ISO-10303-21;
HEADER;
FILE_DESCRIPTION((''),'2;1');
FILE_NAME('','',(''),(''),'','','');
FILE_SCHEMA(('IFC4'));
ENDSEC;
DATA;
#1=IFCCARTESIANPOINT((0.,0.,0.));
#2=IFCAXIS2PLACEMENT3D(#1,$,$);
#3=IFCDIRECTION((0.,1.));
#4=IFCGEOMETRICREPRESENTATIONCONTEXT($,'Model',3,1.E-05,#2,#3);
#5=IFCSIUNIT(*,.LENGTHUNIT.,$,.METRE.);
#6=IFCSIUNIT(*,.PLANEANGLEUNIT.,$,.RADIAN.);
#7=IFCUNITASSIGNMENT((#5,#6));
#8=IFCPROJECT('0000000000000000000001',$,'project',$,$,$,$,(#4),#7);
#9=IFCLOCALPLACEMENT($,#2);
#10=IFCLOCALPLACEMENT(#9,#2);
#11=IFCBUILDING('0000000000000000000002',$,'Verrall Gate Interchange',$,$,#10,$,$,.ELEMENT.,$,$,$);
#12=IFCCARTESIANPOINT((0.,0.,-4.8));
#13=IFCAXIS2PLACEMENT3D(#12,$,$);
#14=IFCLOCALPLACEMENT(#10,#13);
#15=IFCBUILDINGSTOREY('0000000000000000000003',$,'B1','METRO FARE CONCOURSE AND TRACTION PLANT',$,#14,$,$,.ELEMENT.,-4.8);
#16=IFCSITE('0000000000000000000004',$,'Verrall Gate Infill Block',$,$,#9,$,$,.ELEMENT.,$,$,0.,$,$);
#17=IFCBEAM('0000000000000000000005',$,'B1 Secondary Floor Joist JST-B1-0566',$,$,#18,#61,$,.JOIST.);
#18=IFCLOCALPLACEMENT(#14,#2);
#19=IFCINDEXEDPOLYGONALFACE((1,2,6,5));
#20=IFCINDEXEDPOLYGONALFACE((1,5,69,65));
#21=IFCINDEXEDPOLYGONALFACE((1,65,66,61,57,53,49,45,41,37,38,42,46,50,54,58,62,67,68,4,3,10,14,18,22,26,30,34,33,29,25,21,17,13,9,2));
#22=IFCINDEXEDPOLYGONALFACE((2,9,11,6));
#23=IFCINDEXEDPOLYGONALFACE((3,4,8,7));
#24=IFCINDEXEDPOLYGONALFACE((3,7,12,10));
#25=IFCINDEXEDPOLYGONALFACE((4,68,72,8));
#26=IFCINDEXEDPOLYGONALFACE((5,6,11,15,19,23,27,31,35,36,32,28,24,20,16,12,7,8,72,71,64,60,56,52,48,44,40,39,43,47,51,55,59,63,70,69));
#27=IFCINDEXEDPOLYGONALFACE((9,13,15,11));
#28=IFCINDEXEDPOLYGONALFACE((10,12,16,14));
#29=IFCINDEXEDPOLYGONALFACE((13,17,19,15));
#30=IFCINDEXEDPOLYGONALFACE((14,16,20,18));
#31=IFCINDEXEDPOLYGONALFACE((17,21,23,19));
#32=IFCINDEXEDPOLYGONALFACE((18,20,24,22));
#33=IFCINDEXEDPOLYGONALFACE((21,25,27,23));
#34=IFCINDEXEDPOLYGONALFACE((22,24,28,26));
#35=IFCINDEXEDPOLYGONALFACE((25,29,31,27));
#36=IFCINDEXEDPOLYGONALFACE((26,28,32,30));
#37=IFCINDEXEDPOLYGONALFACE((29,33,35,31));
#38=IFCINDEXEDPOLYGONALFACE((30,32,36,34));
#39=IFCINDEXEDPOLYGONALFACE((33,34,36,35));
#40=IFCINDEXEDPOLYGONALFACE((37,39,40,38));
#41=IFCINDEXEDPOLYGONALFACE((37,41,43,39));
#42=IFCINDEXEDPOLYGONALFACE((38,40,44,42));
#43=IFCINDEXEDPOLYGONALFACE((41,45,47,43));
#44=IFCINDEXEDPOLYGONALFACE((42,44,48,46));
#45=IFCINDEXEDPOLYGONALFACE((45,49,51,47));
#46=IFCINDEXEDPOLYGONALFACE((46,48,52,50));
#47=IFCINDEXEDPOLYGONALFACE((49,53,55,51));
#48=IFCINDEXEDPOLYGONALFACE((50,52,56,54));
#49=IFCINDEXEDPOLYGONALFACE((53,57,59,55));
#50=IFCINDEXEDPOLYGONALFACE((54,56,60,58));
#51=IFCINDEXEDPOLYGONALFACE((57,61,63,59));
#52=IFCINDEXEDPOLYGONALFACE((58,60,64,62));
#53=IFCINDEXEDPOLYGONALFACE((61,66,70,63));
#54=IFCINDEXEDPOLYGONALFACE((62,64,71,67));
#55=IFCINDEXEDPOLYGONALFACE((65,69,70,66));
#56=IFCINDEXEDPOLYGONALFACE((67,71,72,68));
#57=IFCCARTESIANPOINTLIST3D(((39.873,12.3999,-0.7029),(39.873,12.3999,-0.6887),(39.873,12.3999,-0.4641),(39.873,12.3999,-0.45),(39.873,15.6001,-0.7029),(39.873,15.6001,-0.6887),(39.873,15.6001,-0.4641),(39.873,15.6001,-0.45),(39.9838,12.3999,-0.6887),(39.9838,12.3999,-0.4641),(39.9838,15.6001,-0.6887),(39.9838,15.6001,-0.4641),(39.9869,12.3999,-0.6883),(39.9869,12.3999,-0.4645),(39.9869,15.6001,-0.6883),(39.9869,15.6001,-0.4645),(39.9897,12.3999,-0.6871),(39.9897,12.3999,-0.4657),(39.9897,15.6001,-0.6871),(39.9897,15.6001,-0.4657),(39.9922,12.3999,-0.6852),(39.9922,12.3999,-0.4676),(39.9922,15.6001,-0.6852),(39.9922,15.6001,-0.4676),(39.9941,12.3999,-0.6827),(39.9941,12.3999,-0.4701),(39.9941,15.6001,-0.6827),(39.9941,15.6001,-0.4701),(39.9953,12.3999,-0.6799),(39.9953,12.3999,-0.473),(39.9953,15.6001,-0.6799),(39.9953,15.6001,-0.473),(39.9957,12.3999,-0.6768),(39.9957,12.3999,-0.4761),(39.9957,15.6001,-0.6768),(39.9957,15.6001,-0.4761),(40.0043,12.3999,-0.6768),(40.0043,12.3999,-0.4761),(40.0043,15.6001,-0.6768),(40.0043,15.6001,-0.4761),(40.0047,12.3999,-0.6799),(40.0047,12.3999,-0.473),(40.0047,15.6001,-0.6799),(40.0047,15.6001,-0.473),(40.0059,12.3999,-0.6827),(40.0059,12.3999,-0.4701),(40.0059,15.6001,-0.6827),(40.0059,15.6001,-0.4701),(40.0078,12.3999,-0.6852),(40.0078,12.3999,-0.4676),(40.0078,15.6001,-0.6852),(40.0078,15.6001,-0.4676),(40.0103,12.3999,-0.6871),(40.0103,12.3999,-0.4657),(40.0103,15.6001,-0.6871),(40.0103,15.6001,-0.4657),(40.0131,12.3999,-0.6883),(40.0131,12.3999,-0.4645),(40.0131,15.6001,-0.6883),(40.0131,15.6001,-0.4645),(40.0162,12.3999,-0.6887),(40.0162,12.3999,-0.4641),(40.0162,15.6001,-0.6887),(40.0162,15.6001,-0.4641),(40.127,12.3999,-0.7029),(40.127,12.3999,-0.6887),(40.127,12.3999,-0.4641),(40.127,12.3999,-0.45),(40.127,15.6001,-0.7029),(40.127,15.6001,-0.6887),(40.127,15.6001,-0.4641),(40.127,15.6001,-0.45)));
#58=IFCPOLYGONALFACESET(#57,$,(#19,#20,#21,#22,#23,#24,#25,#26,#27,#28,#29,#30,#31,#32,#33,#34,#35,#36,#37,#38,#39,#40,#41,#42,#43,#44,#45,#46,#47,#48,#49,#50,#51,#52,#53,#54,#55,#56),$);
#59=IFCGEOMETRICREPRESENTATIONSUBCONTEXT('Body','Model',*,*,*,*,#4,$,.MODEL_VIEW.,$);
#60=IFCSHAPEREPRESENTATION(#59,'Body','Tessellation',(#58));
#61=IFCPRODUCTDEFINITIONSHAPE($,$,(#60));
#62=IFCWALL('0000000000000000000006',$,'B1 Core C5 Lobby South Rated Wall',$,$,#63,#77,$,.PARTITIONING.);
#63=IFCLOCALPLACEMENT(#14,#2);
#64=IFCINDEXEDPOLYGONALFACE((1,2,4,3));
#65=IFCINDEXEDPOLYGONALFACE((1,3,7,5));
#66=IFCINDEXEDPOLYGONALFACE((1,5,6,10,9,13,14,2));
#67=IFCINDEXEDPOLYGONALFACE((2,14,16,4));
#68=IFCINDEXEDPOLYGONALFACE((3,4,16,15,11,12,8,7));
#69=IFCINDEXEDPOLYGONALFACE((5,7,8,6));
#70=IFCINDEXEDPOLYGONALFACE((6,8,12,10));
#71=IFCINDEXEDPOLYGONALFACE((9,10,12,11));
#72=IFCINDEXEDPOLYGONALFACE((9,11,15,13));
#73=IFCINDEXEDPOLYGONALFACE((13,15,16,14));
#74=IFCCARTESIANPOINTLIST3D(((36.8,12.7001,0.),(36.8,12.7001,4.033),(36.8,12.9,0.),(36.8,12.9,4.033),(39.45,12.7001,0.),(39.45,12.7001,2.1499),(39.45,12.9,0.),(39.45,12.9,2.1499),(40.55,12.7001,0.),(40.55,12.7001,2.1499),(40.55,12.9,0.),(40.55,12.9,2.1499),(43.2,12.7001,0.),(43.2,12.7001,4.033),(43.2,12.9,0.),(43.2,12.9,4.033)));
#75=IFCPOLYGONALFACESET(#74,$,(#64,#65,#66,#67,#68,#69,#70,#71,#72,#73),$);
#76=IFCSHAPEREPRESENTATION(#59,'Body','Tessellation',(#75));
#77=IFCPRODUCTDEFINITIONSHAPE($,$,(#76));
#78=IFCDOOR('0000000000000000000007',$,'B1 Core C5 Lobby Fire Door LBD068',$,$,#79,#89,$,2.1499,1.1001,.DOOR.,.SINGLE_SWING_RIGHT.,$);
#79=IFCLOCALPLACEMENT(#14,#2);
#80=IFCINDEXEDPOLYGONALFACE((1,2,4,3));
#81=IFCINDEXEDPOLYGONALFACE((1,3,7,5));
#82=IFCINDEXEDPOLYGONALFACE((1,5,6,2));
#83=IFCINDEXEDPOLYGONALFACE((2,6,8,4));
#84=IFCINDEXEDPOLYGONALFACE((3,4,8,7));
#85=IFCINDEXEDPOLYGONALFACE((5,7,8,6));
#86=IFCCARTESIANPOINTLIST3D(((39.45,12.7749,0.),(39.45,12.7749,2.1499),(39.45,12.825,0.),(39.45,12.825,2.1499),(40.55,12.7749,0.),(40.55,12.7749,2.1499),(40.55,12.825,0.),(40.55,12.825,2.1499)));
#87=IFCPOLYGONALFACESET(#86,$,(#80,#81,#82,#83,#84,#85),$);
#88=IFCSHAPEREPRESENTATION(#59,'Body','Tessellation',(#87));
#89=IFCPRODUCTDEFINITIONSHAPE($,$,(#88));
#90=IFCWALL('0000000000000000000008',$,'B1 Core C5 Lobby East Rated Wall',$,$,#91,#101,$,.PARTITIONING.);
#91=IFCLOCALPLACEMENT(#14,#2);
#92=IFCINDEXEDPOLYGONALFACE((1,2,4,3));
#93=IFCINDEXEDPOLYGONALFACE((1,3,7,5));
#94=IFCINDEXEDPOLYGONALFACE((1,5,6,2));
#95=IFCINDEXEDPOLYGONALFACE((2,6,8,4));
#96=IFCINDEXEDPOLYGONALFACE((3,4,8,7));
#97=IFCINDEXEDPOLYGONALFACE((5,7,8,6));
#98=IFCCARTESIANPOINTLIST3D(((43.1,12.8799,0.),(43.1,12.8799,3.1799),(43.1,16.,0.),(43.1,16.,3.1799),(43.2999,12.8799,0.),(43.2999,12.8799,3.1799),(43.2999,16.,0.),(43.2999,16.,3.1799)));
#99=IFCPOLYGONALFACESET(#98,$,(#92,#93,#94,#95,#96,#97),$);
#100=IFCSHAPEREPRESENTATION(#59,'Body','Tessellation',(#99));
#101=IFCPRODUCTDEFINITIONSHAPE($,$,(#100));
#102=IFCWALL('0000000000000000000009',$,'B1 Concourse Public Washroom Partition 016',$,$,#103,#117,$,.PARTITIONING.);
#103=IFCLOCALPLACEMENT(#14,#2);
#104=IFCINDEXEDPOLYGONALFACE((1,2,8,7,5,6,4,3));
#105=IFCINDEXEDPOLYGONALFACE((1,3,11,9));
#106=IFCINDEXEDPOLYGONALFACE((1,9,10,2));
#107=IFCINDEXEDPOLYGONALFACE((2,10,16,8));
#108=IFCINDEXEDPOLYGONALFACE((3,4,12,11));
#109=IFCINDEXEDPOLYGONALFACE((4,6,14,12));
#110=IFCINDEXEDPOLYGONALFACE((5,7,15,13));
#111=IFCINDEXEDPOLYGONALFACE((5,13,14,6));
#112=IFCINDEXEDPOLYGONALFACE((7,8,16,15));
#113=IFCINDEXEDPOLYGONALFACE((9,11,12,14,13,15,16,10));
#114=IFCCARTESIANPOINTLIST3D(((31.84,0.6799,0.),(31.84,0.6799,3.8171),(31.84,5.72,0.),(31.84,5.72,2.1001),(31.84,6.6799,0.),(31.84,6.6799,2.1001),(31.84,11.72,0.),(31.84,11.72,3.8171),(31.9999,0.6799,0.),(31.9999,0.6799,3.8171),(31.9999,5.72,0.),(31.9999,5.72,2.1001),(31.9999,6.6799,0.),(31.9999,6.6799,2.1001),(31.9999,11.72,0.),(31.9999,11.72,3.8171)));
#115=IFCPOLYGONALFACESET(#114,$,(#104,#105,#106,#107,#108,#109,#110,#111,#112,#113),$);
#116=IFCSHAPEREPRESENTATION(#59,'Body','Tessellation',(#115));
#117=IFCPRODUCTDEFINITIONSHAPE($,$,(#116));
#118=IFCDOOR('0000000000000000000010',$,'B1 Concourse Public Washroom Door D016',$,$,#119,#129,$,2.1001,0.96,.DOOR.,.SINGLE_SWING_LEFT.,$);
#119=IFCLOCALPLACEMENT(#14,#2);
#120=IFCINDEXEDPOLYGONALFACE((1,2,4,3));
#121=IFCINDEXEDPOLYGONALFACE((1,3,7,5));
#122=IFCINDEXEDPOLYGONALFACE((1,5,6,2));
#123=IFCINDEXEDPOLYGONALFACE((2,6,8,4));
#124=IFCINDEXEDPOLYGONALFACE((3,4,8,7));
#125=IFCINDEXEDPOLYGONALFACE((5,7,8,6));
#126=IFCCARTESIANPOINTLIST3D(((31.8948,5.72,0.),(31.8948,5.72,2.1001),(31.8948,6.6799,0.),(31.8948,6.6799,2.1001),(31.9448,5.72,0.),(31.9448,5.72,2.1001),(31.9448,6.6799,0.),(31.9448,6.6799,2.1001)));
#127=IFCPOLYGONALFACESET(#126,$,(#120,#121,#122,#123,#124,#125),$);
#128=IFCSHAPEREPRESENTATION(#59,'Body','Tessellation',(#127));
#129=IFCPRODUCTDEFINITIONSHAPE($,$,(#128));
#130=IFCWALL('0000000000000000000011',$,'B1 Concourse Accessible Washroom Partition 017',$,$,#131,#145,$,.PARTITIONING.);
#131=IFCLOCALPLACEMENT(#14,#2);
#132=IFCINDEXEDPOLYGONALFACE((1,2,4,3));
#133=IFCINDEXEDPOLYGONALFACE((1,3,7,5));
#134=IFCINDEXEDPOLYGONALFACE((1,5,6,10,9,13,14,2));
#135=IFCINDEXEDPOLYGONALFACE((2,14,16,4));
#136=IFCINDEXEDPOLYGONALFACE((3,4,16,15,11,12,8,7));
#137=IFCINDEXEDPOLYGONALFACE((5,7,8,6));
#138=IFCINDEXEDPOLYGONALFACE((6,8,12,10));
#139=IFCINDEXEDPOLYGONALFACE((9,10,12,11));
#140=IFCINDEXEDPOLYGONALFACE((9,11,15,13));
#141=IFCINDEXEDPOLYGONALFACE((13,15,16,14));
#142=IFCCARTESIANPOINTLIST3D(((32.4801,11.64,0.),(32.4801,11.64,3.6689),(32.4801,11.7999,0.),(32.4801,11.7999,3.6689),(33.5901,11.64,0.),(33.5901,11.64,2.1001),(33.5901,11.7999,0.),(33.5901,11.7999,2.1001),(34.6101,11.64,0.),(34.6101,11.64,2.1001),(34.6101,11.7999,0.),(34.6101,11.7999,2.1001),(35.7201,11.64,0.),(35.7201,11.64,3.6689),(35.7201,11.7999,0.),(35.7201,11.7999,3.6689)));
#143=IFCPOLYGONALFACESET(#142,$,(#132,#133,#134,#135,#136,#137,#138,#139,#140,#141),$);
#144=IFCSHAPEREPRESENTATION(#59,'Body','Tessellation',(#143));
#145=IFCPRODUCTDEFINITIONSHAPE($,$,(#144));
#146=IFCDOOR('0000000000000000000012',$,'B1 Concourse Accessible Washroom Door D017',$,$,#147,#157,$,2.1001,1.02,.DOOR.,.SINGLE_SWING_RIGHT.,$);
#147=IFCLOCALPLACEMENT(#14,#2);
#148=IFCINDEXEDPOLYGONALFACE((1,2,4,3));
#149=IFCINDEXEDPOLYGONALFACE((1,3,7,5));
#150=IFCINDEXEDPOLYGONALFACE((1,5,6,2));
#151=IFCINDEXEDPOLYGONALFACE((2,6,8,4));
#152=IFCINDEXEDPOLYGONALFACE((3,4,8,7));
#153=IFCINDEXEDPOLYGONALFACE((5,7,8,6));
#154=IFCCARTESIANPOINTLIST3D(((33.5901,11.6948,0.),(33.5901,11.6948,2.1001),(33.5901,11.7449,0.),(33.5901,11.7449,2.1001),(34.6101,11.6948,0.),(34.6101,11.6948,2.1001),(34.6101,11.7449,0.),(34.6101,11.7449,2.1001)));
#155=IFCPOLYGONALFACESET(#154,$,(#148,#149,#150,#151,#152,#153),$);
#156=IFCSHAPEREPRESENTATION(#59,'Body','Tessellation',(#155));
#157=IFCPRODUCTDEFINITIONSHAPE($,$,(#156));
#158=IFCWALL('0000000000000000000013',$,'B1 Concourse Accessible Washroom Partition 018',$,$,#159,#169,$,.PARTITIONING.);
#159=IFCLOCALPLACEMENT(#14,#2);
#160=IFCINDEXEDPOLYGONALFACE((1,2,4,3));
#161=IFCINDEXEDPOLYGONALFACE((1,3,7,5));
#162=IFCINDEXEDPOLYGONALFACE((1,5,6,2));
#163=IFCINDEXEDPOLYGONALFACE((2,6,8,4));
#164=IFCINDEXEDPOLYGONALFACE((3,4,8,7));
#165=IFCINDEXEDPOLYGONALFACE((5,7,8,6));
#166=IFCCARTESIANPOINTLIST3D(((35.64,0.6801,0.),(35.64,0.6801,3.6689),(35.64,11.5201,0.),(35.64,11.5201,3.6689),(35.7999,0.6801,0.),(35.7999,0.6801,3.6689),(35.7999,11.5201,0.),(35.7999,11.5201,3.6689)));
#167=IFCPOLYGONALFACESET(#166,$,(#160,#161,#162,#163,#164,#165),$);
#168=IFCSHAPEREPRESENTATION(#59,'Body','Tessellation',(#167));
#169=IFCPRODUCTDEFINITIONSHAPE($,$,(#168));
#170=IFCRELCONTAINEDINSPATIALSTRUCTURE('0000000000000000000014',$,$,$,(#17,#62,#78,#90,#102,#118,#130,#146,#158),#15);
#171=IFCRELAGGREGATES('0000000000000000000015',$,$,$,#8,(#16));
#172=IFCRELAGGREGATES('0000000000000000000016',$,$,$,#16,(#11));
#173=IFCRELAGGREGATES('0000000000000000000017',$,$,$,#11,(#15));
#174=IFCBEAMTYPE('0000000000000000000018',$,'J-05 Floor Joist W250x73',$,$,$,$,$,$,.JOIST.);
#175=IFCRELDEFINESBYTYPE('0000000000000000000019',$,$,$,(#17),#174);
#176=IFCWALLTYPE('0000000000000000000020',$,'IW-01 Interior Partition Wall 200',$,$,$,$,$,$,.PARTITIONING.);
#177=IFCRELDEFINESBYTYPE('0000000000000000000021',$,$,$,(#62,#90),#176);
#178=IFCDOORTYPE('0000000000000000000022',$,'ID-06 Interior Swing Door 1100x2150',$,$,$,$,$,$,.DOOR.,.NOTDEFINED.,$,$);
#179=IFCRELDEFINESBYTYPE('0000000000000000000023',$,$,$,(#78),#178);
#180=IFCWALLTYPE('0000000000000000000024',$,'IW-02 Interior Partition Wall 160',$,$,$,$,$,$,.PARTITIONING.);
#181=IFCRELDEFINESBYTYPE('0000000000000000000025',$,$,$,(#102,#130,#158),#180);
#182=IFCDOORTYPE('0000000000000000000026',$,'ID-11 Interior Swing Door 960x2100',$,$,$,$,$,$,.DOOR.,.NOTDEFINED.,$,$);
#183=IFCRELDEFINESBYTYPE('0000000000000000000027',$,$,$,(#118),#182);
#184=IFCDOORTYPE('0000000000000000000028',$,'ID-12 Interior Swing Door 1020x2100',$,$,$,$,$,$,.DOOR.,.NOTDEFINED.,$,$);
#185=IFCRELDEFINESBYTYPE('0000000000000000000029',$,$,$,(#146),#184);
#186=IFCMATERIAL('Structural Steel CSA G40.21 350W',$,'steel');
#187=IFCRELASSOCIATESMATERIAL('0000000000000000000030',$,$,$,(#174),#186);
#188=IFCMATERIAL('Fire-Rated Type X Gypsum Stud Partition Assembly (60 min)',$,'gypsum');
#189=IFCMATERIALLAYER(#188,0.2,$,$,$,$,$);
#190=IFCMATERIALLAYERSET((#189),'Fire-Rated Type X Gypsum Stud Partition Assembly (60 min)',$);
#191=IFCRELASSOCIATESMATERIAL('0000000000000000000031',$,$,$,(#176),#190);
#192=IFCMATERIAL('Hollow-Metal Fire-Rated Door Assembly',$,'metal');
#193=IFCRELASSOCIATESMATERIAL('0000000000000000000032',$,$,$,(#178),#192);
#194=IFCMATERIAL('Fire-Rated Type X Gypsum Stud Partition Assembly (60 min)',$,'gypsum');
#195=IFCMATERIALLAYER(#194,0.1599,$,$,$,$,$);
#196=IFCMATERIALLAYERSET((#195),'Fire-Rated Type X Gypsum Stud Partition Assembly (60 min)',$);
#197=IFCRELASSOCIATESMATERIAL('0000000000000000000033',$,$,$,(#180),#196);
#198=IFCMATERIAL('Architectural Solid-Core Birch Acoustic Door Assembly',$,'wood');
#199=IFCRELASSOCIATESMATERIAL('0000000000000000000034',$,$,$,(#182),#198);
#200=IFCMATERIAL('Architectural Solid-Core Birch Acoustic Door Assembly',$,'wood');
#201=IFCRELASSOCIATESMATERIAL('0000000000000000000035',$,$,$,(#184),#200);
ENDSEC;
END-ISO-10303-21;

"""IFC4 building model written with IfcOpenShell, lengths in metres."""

from ifc_helpers import new_model, si_unit, direction, frame, frame_2d, origin, origin_2d, place, context, subcontext, project, spatial, rectangle, i_section, extrude, material, layer, layer_set, material_profile, profile_set, type_object, element, fill, save


model = new_model("IFC4")

# Units and contexts
model_context = context("Model", 3, precision=1e-05, world=origin(), true_north=direction((0.0, 1.0)))
body_context = subcontext(model_context, "Body", "Model", "MODEL_VIEW")
ifc_project = project(units=[si_unit("LENGTHUNIT", "METRE"), si_unit("PLANEANGLEUNIT", "RADIAN")], contexts=[model_context])

# Site, building, storey
site_placement = place(None, origin())
site = spatial("IfcSite", under=ifc_project, at=site_placement, Name="Verrall Gate Infill Block", CompositionType="ELEMENT", RefElevation=0.0)
building_placement = place(site_placement, origin())
building = spatial("IfcBuilding", under=site, at=building_placement, Name="Verrall Gate Interchange", CompositionType="ELEMENT")
storey_placement = place(building_placement, frame((0.0, 0.0, -4.8)))
storey = spatial("IfcBuildingStorey", under=building, at=storey_placement, Name="B1", Description="METRO FARE CONCOURSE AND TRACTION PLANT", CompositionType="ELEMENT", Elevation=-4.8)

# Beam
ifc_material_1 = material(Name="Structural Steel CSA G40.21 350W", Category="steel")
ifc_material_profile_1 = material_profile(ifc_material_1, i_section(OverallWidth=0.2539, OverallDepth=0.2529, WebThickness=0.0085, FlangeThickness=0.0142, FilletRadius=0.012, at=origin_2d()), Name="W250x73")
ifc_profile_set_1 = profile_set([ifc_material_profile_1], Name="Structural Steel CSA G40.21 350W")
beam_type_1 = type_object("IfcBeamType", Name="J-05 Floor Joist W250x73", PredefinedType="JOIST", material=ifc_profile_set_1)
beam_1_placement = place(storey_placement, frame((40.0, 12.3999, -0.5764), z_axis=(0.0, 1.0, 0.0), x_axis=(-1.0, 0.0, 0.0)))
element("IfcBeam", 1, at=beam_1_placement, inside=storey, type_object=beam_type_1, Name="B1 Secondary Floor Joist JST-B1-0566", PredefinedType="JOIST", context=body_context, shape_type="SweptSolid", body=[
    extrude(i_section(OverallWidth=0.2539, OverallDepth=0.2529, WebThickness=0.0085, FlangeThickness=0.0142, FilletRadius=0.012, at=origin_2d()), origin(), (0.0, 0.0, 1.0), 3.2002),
])

# Wall, opening, door
ifc_material_2 = material(Name="Fire-Rated Type X Gypsum Stud Partition Assembly (60 min)", Category="gypsum")
ifc_layer_1 = layer(ifc_material_2, 0.2)
ifc_layer_set_1 = layer_set([ifc_layer_1], Name="Fire-Rated Type X Gypsum Stud Partition Assembly (60 min)")
wall_type_1 = type_object("IfcWallType", Name="IW-01 Interior Partition Wall 200", PredefinedType="PARTITIONING", material=ifc_layer_set_1)
wall_1_placement = place(storey_placement, frame((36.8, 12.8, 0.0), z_axis=(0.0, 0.0, 1.0), x_axis=(1.0, 0.0, 0.0)))
wall_1 = element("IfcWall", 2, at=wall_1_placement, inside=storey, type_object=wall_type_1, Name="B1 Core C5 Lobby South Rated Wall", PredefinedType="PARTITIONING", context=body_context, shape_type="SweptSolid", body=[
    extrude(rectangle(XDim=6.3999, YDim=0.2, at=frame_2d((3.2, 0.0))), origin(), (0.0, 0.0, 1.0), 4.033),
])
opening_1_placement = place(wall_1_placement, frame((2.6499, 0.0, 0.0)))
opening_1 = element("IfcOpeningElement", 3, at=opening_1_placement, cuts=wall_1, PredefinedType="OPENING", context=body_context, shape_type="SweptSolid", body=[
    extrude(rectangle(XDim=1.1001, YDim=2.1499, at=frame_2d((0.55, 1.075))), frame((0.0, 0.1147, 0.0), z_axis=(0.0, -1.0, 0.0), x_axis=(1.0, 0.0, 0.0)), (0.0, 0.0, 1.0), 0.2297),
])
ifc_material_3 = material(Name="Hollow-Metal Fire-Rated Door Assembly", Category="metal")
door_type_1 = type_object("IfcDoorType", Name="ID-06 Interior Swing Door 1100x2150", OperationType="NOTDEFINED", PredefinedType="DOOR", material=ifc_material_3)
door_1_placement = place(opening_1_placement, origin())
door_1 = element("IfcDoor", 4, at=door_1_placement, inside=storey, type_object=door_type_1, Name="B1 Core C5 Lobby Fire Door LBD068", OperationType="SINGLE_SWING_RIGHT", OverallHeight=2.1499, OverallWidth=1.1001, PredefinedType="DOOR", context=body_context, shape_type="SweptSolid", body=[
    extrude(rectangle(XDim=1.1001, YDim=2.1499, at=frame_2d((0.55, 1.075))), frame((0.0, 0.0249, 0.0), z_axis=(0.0, -1.0, 0.0), x_axis=(1.0, 0.0, 0.0)), (0.0, 0.0, 1.0), 0.05),
])
fill(opening_1, door_1)

# Wall
wall_2_placement = place(storey_placement, frame((43.2, 12.8799, 0.0), z_axis=(0.0, 0.0, 1.0), x_axis=(0.0, 1.0, 0.0)))
element("IfcWall", 5, at=wall_2_placement, inside=storey, type_object=wall_type_1, Name="B1 Core C5 Lobby East Rated Wall", PredefinedType="PARTITIONING", context=body_context, shape_type="SweptSolid", body=[
    extrude(rectangle(XDim=3.1201, YDim=0.2, at=frame_2d((1.5601, 0.0))), origin(), (0.0, 0.0, 1.0), 3.1799),
])

# Walls, openings, doors
ifc_material_4 = material(Name="Fire-Rated Type X Gypsum Stud Partition Assembly (60 min)", Category="gypsum")
ifc_layer_2 = layer(ifc_material_4, 0.1599)
ifc_layer_set_2 = layer_set([ifc_layer_2], Name="Fire-Rated Type X Gypsum Stud Partition Assembly (60 min)")
wall_type_2 = type_object("IfcWallType", Name="IW-02 Interior Partition Wall 160", PredefinedType="PARTITIONING", material=ifc_layer_set_2)
wall_3_placement = place(storey_placement, frame((31.9199, 11.72, 0.0), z_axis=(0.0, 0.0, 1.0), x_axis=(0.0, -1.0, 0.0)))
wall_3 = element("IfcWall", 6, at=wall_3_placement, inside=storey, type_object=wall_type_2, Name="B1 Concourse Public Washroom Partition 016", PredefinedType="PARTITIONING", context=body_context, shape_type="SweptSolid", body=[
    extrude(rectangle(XDim=11.04, YDim=0.1599, at=frame_2d((5.52, 0.0))), origin(), (0.0, 0.0, 1.0), 3.8171),
])
opening_2_placement = place(wall_3_placement, frame((5.04, 0.0, 0.0)))
opening_2 = element("IfcOpeningElement", 7, at=opening_2_placement, cuts=wall_3, PredefinedType="OPENING", context=body_context, shape_type="SweptSolid", body=[
    extrude(rectangle(XDim=0.96, YDim=2.1001, at=frame_2d((0.48, 1.05))), frame((0.0, 0.0947, 0.0), z_axis=(0.0, -1.0, 0.0), x_axis=(1.0, 0.0, 0.0)), (0.0, 0.0, 1.0), 0.1897),
])
ifc_material_5 = material(Name="Architectural Solid-Core Birch Acoustic Door Assembly", Category="wood")
door_type_2 = type_object("IfcDoorType", Name="ID-11 Interior Swing Door 960x2100", OperationType="NOTDEFINED", PredefinedType="DOOR", material=ifc_material_5)
door_2_placement = place(opening_2_placement, origin())
door_2 = element("IfcDoor", 8, at=door_2_placement, inside=storey, type_object=door_type_2, Name="B1 Concourse Public Washroom Door D016", OperationType="SINGLE_SWING_LEFT", OverallHeight=2.1001, OverallWidth=0.96, PredefinedType="DOOR", context=body_context, shape_type="SweptSolid", body=[
    extrude(rectangle(XDim=0.96, YDim=2.1001, at=frame_2d((0.48, 1.05))), frame((0.0, 0.0249, 0.0), z_axis=(0.0, -1.0, 0.0), x_axis=(1.0, 0.0, 0.0)), (0.0, 0.0, 1.0), 0.05),
])
fill(opening_2, door_2)
wall_4_placement = place(storey_placement, frame((32.48, 11.72, 0.0), z_axis=(0.0, 0.0, 1.0), x_axis=(1.0, 0.0, 0.0)))
wall_4 = element("IfcWall", 9, at=wall_4_placement, inside=storey, type_object=wall_type_2, Name="B1 Concourse Accessible Washroom Partition 017", PredefinedType="PARTITIONING", context=body_context, shape_type="SweptSolid", body=[
    extrude(rectangle(XDim=3.24, YDim=0.1599, at=frame_2d((1.6201, 0.0))), origin(), (0.0, 0.0, 1.0), 3.6689),
])
opening_3_placement = place(wall_4_placement, frame((1.1101, 0.0, 0.0)))
opening_3 = element("IfcOpeningElement", 10, at=opening_3_placement, cuts=wall_4, PredefinedType="OPENING", context=body_context, shape_type="SweptSolid", body=[
    extrude(rectangle(XDim=1.02, YDim=2.1001, at=frame_2d((0.51, 1.05))), frame((0.0, 0.0947, 0.0), z_axis=(0.0, -1.0, 0.0), x_axis=(1.0, 0.0, 0.0)), (0.0, 0.0, 1.0), 0.1897),
])
ifc_material_6 = material(Name="Architectural Solid-Core Birch Acoustic Door Assembly", Category="wood")
door_type_3 = type_object("IfcDoorType", Name="ID-12 Interior Swing Door 1020x2100", OperationType="NOTDEFINED", PredefinedType="DOOR", material=ifc_material_6)
door_3_placement = place(opening_3_placement, origin())
door_3 = element("IfcDoor", 11, at=door_3_placement, inside=storey, type_object=door_type_3, Name="B1 Concourse Accessible Washroom Door D017", OperationType="SINGLE_SWING_RIGHT", OverallHeight=2.1001, OverallWidth=1.02, PredefinedType="DOOR", context=body_context, shape_type="SweptSolid", body=[
    extrude(rectangle(XDim=1.02, YDim=2.1001, at=frame_2d((0.51, 1.05))), frame((0.0, 0.0249, 0.0), z_axis=(0.0, -1.0, 0.0), x_axis=(1.0, 0.0, 0.0)), (0.0, 0.0, 1.0), 0.05),
])
fill(opening_3, door_3)

# Wall
wall_5_placement = place(storey_placement, frame((35.72, 11.52, 0.0), z_axis=(0.0, 0.0, 1.0), x_axis=(0.0, -1.0, 0.0)))
element("IfcWall", 12, at=wall_5_placement, inside=storey, type_object=wall_type_2, Name="B1 Concourse Accessible Washroom Partition 018", PredefinedType="PARTITIONING", context=body_context, shape_type="SweptSolid", body=[
    extrude(rectangle(XDim=10.8401, YDim=0.1599, at=frame_2d((5.4199, 0.0))), origin(), (0.0, 0.0, 1.0), 3.6689),
])

save(model, "model.ifc")
